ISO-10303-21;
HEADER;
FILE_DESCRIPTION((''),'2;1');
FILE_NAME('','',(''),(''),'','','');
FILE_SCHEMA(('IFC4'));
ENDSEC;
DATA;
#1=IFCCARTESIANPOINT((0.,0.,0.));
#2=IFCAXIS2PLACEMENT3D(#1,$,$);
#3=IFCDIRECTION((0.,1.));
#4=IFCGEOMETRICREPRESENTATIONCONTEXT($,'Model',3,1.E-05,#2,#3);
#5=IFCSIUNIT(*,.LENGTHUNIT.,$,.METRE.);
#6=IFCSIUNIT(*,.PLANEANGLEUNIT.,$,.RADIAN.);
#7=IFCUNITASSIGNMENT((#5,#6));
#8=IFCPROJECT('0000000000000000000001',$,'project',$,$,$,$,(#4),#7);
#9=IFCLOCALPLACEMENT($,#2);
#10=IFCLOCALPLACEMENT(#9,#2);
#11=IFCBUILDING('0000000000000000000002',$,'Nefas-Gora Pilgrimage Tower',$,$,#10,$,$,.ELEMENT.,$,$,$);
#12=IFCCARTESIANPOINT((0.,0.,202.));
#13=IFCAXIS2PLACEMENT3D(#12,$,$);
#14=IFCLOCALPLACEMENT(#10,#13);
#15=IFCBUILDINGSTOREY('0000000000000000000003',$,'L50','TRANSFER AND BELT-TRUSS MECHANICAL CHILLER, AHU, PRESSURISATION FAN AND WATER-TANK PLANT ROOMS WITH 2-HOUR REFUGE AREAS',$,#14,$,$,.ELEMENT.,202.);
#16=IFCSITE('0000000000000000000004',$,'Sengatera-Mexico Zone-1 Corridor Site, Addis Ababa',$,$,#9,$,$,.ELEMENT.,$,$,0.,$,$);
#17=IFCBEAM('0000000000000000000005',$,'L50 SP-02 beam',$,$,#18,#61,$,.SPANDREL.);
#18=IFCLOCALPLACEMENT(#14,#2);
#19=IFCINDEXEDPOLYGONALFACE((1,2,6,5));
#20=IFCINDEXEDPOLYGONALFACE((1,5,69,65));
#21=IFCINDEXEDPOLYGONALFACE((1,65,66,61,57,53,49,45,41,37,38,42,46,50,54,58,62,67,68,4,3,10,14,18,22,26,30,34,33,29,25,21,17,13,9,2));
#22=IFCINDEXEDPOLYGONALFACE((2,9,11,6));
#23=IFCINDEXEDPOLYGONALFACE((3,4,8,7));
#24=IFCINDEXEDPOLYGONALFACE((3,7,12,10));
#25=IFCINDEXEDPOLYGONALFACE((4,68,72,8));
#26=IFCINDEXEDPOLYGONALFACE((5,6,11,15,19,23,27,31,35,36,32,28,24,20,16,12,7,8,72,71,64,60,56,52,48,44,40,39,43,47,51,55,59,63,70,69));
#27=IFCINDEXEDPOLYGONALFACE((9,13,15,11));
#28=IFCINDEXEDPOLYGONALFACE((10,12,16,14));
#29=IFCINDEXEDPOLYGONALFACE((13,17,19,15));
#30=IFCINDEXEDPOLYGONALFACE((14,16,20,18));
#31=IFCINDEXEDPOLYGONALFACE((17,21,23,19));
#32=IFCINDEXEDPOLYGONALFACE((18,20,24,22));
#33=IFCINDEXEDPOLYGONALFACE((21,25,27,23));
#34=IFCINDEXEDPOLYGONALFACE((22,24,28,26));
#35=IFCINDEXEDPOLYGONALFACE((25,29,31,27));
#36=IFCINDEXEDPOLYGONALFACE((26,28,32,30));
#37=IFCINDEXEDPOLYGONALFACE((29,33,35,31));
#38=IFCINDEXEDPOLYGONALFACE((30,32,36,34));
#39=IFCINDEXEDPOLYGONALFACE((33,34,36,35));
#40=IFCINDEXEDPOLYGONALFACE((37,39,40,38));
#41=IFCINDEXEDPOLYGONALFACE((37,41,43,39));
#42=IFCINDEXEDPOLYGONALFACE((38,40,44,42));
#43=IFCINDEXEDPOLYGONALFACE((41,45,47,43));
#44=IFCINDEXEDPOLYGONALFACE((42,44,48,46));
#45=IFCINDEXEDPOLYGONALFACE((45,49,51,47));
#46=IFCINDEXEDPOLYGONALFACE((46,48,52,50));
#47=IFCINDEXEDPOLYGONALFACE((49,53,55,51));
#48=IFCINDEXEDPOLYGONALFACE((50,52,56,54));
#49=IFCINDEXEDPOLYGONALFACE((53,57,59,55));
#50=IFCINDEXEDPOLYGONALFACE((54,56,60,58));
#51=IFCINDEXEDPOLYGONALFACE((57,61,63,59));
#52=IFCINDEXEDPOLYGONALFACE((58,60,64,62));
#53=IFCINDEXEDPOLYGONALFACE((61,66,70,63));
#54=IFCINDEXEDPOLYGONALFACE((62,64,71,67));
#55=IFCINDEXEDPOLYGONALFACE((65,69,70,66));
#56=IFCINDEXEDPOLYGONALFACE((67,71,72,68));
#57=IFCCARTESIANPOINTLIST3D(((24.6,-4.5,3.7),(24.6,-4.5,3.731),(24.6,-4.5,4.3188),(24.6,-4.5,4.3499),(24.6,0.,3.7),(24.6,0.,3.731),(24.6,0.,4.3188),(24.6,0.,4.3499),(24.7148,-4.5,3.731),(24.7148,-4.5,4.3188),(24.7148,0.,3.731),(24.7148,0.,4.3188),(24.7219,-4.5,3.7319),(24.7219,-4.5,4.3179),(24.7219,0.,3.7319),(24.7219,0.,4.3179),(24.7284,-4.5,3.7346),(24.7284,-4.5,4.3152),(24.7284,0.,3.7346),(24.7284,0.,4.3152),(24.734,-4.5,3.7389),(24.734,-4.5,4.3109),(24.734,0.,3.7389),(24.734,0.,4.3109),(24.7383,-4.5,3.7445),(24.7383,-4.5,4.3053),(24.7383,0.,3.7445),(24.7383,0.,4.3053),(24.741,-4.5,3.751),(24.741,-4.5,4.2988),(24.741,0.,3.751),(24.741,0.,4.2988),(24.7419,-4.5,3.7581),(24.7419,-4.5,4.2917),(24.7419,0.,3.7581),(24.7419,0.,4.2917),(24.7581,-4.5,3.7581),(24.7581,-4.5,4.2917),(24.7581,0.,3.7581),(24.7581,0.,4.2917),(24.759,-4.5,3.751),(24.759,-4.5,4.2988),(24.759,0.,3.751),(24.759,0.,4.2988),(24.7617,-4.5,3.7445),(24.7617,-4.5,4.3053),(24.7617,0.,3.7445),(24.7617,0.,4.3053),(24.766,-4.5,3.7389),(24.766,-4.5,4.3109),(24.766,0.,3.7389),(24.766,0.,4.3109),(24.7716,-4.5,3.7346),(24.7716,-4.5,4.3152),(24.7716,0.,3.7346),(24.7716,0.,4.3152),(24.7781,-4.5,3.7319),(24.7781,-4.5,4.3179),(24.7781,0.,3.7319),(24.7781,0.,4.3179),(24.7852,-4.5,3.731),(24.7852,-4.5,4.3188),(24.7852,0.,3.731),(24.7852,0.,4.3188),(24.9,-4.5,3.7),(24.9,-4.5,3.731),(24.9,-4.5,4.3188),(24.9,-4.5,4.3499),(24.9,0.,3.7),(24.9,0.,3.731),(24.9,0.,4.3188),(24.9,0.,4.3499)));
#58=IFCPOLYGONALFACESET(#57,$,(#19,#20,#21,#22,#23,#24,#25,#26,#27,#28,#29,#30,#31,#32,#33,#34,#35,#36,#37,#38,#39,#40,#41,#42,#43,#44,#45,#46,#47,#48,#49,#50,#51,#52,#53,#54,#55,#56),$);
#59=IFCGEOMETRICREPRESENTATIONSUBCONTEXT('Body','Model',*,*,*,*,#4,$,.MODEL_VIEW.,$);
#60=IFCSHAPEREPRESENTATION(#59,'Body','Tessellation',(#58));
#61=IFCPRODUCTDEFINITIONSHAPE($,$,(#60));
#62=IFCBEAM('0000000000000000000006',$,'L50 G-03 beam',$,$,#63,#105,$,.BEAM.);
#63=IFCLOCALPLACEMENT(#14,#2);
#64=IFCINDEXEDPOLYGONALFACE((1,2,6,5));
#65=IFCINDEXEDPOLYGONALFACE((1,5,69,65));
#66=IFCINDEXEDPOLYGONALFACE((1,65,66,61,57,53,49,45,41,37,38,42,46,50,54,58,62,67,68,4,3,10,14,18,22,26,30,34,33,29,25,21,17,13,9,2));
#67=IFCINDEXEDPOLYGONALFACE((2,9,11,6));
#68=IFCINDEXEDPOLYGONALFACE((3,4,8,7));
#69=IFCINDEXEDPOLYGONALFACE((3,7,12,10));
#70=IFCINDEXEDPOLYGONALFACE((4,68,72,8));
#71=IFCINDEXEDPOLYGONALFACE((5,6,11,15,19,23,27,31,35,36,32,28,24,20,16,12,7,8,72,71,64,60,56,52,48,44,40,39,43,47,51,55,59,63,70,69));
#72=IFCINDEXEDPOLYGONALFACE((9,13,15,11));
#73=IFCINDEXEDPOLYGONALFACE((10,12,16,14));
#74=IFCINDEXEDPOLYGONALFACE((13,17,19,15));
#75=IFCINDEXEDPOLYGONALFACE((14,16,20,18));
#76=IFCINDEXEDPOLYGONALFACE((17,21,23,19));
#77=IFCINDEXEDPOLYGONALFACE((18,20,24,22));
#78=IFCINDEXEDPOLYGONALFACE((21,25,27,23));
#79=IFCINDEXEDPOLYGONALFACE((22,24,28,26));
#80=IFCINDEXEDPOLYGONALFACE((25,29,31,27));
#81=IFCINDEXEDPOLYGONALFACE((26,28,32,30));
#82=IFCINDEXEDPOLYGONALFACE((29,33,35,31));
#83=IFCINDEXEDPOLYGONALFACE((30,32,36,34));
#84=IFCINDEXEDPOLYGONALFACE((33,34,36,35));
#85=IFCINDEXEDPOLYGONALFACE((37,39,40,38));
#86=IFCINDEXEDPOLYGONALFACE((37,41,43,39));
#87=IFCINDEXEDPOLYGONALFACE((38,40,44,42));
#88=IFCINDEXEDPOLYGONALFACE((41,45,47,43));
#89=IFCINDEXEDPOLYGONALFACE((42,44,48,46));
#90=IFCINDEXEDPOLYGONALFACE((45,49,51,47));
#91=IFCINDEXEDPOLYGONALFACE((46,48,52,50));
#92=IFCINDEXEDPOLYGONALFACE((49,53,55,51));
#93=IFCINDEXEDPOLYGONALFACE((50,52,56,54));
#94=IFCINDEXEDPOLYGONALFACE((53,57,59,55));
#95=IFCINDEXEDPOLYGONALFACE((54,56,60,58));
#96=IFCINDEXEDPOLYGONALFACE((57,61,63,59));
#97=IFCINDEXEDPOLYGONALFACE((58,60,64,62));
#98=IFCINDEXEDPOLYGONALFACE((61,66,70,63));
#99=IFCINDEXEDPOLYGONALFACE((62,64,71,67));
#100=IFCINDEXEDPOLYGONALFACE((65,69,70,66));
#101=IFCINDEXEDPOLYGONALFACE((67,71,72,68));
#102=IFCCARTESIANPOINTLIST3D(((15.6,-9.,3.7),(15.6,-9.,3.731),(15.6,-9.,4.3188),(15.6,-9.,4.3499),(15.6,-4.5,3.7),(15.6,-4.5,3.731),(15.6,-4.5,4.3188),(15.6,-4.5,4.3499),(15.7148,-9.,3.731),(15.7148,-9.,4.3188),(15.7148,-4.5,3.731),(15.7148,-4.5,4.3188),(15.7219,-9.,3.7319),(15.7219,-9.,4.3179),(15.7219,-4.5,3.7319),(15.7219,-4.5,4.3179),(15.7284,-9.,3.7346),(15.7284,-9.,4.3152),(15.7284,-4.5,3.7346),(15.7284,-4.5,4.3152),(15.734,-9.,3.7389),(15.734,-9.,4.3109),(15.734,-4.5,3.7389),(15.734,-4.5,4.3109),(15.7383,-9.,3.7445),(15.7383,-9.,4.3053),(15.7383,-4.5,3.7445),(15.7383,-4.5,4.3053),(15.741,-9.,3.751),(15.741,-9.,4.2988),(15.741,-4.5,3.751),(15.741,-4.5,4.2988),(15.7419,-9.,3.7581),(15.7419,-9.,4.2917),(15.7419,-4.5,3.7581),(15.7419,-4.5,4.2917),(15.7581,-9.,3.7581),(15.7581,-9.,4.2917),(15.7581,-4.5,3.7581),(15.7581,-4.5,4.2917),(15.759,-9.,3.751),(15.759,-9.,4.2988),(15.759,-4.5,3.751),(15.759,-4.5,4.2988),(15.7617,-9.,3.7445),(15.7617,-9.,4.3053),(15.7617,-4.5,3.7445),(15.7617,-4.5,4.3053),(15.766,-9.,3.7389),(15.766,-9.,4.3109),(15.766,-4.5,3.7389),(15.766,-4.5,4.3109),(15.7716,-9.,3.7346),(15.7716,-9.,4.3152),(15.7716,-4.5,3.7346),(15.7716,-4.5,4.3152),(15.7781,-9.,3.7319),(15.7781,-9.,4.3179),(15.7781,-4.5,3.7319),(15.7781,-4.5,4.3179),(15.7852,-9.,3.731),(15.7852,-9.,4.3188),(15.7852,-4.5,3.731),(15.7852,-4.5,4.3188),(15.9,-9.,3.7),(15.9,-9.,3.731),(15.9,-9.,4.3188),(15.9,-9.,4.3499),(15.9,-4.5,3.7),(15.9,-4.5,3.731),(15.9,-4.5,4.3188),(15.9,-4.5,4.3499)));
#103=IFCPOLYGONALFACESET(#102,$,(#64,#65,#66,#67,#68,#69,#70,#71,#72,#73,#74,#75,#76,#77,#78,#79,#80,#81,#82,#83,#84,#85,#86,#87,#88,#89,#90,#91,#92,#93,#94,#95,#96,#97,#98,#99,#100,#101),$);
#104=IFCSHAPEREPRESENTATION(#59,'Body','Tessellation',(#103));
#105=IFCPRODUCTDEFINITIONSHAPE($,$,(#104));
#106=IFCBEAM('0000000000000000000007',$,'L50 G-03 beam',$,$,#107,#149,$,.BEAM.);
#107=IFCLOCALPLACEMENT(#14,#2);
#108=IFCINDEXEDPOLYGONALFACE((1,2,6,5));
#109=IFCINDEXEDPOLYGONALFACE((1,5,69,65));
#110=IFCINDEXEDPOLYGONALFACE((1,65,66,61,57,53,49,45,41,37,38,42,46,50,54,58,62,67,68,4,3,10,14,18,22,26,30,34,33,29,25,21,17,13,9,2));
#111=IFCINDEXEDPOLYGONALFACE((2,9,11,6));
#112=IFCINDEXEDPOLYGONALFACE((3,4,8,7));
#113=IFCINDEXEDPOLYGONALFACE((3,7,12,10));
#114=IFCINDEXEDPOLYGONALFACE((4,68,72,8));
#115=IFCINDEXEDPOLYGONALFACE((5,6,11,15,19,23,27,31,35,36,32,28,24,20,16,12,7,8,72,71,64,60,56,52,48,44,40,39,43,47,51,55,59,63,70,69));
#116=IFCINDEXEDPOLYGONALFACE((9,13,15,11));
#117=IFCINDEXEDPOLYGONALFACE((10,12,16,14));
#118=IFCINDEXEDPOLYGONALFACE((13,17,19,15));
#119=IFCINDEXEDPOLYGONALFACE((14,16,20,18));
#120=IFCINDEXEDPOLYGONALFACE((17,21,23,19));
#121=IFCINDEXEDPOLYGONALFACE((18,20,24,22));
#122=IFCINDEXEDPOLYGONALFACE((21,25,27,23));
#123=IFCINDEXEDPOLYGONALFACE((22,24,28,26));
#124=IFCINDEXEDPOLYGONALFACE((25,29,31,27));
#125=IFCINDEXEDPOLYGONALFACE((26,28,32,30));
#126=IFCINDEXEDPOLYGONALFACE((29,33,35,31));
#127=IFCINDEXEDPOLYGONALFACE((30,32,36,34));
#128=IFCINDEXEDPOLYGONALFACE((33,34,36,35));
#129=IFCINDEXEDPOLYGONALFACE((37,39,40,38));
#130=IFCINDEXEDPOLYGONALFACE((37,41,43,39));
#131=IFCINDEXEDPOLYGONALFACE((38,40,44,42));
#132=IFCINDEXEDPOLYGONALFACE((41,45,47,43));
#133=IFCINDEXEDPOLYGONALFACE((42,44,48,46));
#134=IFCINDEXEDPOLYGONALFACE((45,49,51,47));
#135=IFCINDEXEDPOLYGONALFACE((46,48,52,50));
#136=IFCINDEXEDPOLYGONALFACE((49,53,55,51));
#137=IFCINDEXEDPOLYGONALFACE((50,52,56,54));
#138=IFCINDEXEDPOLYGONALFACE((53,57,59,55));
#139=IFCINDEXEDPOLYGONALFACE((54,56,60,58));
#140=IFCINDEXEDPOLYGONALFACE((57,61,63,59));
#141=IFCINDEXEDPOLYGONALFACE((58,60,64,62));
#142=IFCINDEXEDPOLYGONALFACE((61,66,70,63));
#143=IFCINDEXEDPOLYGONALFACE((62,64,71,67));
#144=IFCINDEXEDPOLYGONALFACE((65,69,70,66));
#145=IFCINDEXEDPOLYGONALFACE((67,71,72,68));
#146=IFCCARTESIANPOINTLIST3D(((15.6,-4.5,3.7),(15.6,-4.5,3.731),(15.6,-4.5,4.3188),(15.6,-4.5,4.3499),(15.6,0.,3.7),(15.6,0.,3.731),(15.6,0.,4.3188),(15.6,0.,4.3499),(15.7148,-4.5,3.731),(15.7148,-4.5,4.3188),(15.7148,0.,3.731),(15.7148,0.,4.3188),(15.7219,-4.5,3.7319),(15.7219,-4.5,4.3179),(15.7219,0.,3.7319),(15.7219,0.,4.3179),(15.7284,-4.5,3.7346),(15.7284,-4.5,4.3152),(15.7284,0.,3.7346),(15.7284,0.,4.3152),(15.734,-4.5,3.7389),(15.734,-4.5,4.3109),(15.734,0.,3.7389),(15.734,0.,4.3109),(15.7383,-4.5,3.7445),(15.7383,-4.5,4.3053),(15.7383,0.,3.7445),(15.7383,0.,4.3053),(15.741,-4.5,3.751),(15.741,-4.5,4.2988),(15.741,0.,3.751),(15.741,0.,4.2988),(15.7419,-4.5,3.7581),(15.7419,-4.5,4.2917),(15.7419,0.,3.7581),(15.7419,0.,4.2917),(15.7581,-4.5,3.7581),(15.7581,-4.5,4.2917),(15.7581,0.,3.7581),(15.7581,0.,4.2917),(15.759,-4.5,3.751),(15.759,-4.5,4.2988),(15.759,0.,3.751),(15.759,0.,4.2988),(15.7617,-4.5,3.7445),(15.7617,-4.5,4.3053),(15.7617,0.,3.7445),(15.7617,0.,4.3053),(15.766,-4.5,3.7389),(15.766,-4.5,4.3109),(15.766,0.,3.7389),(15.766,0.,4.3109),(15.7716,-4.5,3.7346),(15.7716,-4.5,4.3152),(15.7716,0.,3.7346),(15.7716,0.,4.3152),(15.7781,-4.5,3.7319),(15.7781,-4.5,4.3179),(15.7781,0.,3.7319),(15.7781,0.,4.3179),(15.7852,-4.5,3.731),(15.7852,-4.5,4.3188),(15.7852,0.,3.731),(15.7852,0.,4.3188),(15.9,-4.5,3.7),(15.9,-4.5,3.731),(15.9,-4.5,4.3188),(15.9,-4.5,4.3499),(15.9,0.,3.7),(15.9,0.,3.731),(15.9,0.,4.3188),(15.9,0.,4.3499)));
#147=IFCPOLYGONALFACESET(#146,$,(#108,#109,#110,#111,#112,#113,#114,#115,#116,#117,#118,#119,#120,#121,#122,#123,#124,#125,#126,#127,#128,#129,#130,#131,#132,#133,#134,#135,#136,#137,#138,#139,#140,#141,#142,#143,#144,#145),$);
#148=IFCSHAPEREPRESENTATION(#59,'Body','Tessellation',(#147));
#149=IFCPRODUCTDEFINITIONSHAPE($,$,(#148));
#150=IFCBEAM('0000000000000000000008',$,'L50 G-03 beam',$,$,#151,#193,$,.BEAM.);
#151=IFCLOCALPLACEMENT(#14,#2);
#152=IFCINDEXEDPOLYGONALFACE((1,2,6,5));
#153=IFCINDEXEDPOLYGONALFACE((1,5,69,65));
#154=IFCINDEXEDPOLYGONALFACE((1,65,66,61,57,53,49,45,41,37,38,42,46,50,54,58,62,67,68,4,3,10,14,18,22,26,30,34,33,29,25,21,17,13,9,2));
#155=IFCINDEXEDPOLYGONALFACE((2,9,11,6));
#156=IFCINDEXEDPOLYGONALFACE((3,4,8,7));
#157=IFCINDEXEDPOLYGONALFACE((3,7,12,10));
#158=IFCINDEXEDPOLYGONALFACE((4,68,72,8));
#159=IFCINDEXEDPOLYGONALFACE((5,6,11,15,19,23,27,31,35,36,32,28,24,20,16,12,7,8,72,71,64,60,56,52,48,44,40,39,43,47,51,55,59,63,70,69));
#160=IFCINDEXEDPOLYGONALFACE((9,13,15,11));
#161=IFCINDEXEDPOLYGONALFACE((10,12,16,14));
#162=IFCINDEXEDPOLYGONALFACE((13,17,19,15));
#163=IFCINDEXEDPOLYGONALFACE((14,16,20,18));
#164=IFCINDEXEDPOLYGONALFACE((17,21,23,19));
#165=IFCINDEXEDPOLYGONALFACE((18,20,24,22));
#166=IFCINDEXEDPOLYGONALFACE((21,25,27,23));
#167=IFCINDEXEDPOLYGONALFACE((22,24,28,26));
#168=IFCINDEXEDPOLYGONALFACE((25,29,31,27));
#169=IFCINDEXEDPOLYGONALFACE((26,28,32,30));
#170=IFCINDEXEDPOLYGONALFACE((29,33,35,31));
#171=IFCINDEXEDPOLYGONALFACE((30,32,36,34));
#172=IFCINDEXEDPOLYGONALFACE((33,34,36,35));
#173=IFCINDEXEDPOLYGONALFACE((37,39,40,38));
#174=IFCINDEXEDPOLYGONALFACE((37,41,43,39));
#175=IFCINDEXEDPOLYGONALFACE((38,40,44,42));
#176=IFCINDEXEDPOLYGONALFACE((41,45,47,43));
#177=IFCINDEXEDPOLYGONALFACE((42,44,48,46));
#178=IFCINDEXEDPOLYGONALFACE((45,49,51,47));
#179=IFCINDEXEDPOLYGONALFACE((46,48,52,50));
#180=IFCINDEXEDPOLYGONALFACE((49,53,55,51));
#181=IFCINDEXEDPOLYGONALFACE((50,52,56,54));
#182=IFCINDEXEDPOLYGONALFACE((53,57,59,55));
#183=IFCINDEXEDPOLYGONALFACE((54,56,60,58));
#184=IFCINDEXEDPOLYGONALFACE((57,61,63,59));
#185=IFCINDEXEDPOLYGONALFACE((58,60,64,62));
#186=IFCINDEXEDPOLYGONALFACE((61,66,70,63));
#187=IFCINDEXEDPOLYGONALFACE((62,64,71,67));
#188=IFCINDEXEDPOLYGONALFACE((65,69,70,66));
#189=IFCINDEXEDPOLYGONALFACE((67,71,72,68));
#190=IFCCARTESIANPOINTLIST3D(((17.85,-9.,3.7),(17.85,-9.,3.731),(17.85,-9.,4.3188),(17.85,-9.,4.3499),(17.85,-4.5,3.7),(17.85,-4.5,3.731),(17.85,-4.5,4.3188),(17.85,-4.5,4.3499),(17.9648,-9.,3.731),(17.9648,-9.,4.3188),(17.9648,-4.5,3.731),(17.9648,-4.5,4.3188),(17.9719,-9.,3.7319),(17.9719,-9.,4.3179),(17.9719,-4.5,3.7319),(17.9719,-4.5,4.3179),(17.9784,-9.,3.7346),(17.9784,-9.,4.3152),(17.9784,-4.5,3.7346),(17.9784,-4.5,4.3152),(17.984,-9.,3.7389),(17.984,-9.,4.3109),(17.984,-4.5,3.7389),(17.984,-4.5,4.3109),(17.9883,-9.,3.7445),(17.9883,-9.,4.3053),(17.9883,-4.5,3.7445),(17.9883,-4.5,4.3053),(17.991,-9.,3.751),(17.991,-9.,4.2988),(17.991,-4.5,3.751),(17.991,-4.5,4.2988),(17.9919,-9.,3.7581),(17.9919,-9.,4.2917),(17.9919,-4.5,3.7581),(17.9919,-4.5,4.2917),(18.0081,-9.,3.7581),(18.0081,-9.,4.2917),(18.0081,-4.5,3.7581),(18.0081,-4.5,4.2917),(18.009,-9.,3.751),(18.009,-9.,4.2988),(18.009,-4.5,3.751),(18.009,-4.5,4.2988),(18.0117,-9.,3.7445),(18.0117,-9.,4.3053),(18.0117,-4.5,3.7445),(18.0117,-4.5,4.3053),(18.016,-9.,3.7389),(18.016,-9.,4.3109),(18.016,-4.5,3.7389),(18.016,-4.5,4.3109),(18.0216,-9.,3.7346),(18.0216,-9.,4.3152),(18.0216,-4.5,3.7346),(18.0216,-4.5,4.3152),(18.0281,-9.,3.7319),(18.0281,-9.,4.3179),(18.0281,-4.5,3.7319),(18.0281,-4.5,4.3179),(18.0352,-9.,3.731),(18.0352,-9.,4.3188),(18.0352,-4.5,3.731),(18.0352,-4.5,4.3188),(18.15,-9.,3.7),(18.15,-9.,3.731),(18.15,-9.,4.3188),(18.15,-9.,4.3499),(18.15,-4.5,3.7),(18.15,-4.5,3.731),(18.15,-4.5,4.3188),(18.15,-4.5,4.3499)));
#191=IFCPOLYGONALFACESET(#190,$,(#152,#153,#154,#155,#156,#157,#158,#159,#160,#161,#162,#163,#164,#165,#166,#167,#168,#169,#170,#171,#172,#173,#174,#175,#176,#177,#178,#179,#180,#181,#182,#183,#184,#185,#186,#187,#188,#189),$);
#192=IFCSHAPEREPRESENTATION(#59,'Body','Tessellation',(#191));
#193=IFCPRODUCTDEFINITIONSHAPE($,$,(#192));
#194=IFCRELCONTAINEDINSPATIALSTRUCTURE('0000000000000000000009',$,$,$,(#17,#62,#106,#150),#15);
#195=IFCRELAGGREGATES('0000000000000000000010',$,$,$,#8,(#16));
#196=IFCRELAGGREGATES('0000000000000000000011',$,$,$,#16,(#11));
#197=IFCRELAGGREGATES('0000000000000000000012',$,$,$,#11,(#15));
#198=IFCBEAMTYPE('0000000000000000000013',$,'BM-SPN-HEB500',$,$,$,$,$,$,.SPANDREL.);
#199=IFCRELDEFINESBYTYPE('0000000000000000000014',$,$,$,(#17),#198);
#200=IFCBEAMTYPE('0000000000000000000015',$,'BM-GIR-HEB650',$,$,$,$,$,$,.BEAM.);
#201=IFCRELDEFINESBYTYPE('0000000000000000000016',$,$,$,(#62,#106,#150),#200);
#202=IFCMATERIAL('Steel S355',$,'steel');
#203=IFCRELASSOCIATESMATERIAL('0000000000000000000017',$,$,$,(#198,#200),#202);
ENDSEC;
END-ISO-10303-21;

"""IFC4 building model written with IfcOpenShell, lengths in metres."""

from ifc_helpers import new_model, si_unit, direction, frame, origin, origin_2d, place, context, subcontext, project, spatial, i_section, extrude, source, transform, mapped, material, material_profile, profile_set, type_object, element, save


model = new_model("IFC4")

# Units and contexts
model_context = context("Model", 3, precision=1e-05, world=origin(), true_north=direction((0.0, 1.0)))
body_context = subcontext(model_context, "Body", "Model", "MODEL_VIEW")
ifc_project = project(units=[si_unit("LENGTHUNIT", "METRE"), si_unit("PLANEANGLEUNIT", "RADIAN")], contexts=[model_context])

# Site, building, storey
site_placement = place(None, origin())
site = spatial("IfcSite", under=ifc_project, at=site_placement, Name="Sengatera-Mexico Zone-1 Corridor Site, Addis Ababa", CompositionType="ELEMENT", RefElevation=0.0)
building_placement = place(site_placement, origin())
building = spatial("IfcBuilding", under=site, at=building_placement, Name="Nefas-Gora Pilgrimage Tower", CompositionType="ELEMENT")
storey_placement = place(building_placement, frame((0.0, 0.0, 202.0)))
storey = spatial("IfcBuildingStorey", under=building, at=storey_placement, Name="L50", Description="TRANSFER AND BELT-TRUSS MECHANICAL CHILLER, AHU, PRESSURISATION FAN AND WATER-TANK PLANT ROOMS WITH 2-HOUR REFUGE AREAS", CompositionType="ELEMENT", Elevation=202.0)

# Beams
ifc_material_1 = material(Name="Steel S355", Category="steel")
ifc_material_profile_1 = material_profile(ifc_material_1, i_section(OverallWidth=0.3, OverallDepth=0.6499, WebThickness=0.0161, FlangeThickness=0.031, FilletRadius=0.0271, at=origin_2d()), Name="HEB 650")
ifc_profile_set_1 = profile_set([ifc_material_profile_1], Name="Steel S355")
beam_type_1 = type_object("IfcBeamType", Name="BM-SPN-HEB500", PredefinedType="SPANDREL", material=ifc_profile_set_1)
shared_shape_1 = source(origin(), body_context, "Body", "SweptSolid", [
    extrude(i_section(OverallWidth=0.3, OverallDepth=0.6499, WebThickness=0.0161, FlangeThickness=0.031, FilletRadius=0.0271, at=origin_2d()), origin(), (0.0, 0.0, 1.0), 4.5),
])
for number, where, z_axis, x_axis, name in (
    (1, (24.75, -4.5, 4.0249), (0.0, 1.0, 0.0), (-1.0, 0.0, 0.0), "L50 SP-02 beam"),
):
    element("IfcBeam", number, at=place(storey_placement, frame(where, z_axis=z_axis, x_axis=x_axis)), inside=storey, type_object=beam_type_1, Name=name, PredefinedType="SPANDREL", context=body_context, shape_type="MappedRepresentation", body=[
        mapped(shared_shape_1, transform((0.0, 0.0, 0.0), x_axis=(1.0, 0.0, 0.0), y_axis=(0.0, 1.0, 0.0), z_axis=(0.0, 0.0, 1.0), scale=1.0)),
    ])
ifc_material_profile_2 = material_profile(ifc_material_1, i_section(OverallWidth=0.3, OverallDepth=0.6499, WebThickness=0.0161, FlangeThickness=0.031, FilletRadius=0.0271, at=origin_2d()), Name="HEB 650")
ifc_profile_set_2 = profile_set([ifc_material_profile_2], Name="Steel S355")
beam_type_2 = type_object("IfcBeamType", Name="BM-GIR-HEB650", PredefinedType="BEAM", material=ifc_profile_set_2)
shared_shape_2 = source(origin(), body_context, "Body", "SweptSolid", [
    extrude(i_section(OverallWidth=0.3, OverallDepth=0.6499, WebThickness=0.0161, FlangeThickness=0.031, FilletRadius=0.0271, at=origin_2d()), origin(), (0.0, 0.0, 1.0), 4.5),
])
for number, where, z_axis, x_axis, name in (
    (2, (15.75, -9.0, 4.0249), (0.0, 1.0, 0.0), (-1.0, 0.0, 0.0), "L50 G-03 beam"),
    (3, (15.75, -4.5, 4.0249), (0.0, 1.0, 0.0), (-1.0, 0.0, 0.0), "L50 G-03 beam"),
    (4, (18.0, -9.0, 4.0249), (0.0, 1.0, 0.0), (-1.0, 0.0, 0.0), "L50 G-03 beam"),
):
    element("IfcBeam", number, at=place(storey_placement, frame(where, z_axis=z_axis, x_axis=x_axis)), inside=storey, type_object=beam_type_2, Name=name, PredefinedType="BEAM", context=body_context, shape_type="MappedRepresentation", body=[
        mapped(shared_shape_2, transform((0.0, 0.0, 0.0), x_axis=(1.0, 0.0, 0.0), y_axis=(0.0, 1.0, 0.0), z_axis=(0.0, 0.0, 1.0), scale=1.0)),
    ])

save(model, "model.ifc")
